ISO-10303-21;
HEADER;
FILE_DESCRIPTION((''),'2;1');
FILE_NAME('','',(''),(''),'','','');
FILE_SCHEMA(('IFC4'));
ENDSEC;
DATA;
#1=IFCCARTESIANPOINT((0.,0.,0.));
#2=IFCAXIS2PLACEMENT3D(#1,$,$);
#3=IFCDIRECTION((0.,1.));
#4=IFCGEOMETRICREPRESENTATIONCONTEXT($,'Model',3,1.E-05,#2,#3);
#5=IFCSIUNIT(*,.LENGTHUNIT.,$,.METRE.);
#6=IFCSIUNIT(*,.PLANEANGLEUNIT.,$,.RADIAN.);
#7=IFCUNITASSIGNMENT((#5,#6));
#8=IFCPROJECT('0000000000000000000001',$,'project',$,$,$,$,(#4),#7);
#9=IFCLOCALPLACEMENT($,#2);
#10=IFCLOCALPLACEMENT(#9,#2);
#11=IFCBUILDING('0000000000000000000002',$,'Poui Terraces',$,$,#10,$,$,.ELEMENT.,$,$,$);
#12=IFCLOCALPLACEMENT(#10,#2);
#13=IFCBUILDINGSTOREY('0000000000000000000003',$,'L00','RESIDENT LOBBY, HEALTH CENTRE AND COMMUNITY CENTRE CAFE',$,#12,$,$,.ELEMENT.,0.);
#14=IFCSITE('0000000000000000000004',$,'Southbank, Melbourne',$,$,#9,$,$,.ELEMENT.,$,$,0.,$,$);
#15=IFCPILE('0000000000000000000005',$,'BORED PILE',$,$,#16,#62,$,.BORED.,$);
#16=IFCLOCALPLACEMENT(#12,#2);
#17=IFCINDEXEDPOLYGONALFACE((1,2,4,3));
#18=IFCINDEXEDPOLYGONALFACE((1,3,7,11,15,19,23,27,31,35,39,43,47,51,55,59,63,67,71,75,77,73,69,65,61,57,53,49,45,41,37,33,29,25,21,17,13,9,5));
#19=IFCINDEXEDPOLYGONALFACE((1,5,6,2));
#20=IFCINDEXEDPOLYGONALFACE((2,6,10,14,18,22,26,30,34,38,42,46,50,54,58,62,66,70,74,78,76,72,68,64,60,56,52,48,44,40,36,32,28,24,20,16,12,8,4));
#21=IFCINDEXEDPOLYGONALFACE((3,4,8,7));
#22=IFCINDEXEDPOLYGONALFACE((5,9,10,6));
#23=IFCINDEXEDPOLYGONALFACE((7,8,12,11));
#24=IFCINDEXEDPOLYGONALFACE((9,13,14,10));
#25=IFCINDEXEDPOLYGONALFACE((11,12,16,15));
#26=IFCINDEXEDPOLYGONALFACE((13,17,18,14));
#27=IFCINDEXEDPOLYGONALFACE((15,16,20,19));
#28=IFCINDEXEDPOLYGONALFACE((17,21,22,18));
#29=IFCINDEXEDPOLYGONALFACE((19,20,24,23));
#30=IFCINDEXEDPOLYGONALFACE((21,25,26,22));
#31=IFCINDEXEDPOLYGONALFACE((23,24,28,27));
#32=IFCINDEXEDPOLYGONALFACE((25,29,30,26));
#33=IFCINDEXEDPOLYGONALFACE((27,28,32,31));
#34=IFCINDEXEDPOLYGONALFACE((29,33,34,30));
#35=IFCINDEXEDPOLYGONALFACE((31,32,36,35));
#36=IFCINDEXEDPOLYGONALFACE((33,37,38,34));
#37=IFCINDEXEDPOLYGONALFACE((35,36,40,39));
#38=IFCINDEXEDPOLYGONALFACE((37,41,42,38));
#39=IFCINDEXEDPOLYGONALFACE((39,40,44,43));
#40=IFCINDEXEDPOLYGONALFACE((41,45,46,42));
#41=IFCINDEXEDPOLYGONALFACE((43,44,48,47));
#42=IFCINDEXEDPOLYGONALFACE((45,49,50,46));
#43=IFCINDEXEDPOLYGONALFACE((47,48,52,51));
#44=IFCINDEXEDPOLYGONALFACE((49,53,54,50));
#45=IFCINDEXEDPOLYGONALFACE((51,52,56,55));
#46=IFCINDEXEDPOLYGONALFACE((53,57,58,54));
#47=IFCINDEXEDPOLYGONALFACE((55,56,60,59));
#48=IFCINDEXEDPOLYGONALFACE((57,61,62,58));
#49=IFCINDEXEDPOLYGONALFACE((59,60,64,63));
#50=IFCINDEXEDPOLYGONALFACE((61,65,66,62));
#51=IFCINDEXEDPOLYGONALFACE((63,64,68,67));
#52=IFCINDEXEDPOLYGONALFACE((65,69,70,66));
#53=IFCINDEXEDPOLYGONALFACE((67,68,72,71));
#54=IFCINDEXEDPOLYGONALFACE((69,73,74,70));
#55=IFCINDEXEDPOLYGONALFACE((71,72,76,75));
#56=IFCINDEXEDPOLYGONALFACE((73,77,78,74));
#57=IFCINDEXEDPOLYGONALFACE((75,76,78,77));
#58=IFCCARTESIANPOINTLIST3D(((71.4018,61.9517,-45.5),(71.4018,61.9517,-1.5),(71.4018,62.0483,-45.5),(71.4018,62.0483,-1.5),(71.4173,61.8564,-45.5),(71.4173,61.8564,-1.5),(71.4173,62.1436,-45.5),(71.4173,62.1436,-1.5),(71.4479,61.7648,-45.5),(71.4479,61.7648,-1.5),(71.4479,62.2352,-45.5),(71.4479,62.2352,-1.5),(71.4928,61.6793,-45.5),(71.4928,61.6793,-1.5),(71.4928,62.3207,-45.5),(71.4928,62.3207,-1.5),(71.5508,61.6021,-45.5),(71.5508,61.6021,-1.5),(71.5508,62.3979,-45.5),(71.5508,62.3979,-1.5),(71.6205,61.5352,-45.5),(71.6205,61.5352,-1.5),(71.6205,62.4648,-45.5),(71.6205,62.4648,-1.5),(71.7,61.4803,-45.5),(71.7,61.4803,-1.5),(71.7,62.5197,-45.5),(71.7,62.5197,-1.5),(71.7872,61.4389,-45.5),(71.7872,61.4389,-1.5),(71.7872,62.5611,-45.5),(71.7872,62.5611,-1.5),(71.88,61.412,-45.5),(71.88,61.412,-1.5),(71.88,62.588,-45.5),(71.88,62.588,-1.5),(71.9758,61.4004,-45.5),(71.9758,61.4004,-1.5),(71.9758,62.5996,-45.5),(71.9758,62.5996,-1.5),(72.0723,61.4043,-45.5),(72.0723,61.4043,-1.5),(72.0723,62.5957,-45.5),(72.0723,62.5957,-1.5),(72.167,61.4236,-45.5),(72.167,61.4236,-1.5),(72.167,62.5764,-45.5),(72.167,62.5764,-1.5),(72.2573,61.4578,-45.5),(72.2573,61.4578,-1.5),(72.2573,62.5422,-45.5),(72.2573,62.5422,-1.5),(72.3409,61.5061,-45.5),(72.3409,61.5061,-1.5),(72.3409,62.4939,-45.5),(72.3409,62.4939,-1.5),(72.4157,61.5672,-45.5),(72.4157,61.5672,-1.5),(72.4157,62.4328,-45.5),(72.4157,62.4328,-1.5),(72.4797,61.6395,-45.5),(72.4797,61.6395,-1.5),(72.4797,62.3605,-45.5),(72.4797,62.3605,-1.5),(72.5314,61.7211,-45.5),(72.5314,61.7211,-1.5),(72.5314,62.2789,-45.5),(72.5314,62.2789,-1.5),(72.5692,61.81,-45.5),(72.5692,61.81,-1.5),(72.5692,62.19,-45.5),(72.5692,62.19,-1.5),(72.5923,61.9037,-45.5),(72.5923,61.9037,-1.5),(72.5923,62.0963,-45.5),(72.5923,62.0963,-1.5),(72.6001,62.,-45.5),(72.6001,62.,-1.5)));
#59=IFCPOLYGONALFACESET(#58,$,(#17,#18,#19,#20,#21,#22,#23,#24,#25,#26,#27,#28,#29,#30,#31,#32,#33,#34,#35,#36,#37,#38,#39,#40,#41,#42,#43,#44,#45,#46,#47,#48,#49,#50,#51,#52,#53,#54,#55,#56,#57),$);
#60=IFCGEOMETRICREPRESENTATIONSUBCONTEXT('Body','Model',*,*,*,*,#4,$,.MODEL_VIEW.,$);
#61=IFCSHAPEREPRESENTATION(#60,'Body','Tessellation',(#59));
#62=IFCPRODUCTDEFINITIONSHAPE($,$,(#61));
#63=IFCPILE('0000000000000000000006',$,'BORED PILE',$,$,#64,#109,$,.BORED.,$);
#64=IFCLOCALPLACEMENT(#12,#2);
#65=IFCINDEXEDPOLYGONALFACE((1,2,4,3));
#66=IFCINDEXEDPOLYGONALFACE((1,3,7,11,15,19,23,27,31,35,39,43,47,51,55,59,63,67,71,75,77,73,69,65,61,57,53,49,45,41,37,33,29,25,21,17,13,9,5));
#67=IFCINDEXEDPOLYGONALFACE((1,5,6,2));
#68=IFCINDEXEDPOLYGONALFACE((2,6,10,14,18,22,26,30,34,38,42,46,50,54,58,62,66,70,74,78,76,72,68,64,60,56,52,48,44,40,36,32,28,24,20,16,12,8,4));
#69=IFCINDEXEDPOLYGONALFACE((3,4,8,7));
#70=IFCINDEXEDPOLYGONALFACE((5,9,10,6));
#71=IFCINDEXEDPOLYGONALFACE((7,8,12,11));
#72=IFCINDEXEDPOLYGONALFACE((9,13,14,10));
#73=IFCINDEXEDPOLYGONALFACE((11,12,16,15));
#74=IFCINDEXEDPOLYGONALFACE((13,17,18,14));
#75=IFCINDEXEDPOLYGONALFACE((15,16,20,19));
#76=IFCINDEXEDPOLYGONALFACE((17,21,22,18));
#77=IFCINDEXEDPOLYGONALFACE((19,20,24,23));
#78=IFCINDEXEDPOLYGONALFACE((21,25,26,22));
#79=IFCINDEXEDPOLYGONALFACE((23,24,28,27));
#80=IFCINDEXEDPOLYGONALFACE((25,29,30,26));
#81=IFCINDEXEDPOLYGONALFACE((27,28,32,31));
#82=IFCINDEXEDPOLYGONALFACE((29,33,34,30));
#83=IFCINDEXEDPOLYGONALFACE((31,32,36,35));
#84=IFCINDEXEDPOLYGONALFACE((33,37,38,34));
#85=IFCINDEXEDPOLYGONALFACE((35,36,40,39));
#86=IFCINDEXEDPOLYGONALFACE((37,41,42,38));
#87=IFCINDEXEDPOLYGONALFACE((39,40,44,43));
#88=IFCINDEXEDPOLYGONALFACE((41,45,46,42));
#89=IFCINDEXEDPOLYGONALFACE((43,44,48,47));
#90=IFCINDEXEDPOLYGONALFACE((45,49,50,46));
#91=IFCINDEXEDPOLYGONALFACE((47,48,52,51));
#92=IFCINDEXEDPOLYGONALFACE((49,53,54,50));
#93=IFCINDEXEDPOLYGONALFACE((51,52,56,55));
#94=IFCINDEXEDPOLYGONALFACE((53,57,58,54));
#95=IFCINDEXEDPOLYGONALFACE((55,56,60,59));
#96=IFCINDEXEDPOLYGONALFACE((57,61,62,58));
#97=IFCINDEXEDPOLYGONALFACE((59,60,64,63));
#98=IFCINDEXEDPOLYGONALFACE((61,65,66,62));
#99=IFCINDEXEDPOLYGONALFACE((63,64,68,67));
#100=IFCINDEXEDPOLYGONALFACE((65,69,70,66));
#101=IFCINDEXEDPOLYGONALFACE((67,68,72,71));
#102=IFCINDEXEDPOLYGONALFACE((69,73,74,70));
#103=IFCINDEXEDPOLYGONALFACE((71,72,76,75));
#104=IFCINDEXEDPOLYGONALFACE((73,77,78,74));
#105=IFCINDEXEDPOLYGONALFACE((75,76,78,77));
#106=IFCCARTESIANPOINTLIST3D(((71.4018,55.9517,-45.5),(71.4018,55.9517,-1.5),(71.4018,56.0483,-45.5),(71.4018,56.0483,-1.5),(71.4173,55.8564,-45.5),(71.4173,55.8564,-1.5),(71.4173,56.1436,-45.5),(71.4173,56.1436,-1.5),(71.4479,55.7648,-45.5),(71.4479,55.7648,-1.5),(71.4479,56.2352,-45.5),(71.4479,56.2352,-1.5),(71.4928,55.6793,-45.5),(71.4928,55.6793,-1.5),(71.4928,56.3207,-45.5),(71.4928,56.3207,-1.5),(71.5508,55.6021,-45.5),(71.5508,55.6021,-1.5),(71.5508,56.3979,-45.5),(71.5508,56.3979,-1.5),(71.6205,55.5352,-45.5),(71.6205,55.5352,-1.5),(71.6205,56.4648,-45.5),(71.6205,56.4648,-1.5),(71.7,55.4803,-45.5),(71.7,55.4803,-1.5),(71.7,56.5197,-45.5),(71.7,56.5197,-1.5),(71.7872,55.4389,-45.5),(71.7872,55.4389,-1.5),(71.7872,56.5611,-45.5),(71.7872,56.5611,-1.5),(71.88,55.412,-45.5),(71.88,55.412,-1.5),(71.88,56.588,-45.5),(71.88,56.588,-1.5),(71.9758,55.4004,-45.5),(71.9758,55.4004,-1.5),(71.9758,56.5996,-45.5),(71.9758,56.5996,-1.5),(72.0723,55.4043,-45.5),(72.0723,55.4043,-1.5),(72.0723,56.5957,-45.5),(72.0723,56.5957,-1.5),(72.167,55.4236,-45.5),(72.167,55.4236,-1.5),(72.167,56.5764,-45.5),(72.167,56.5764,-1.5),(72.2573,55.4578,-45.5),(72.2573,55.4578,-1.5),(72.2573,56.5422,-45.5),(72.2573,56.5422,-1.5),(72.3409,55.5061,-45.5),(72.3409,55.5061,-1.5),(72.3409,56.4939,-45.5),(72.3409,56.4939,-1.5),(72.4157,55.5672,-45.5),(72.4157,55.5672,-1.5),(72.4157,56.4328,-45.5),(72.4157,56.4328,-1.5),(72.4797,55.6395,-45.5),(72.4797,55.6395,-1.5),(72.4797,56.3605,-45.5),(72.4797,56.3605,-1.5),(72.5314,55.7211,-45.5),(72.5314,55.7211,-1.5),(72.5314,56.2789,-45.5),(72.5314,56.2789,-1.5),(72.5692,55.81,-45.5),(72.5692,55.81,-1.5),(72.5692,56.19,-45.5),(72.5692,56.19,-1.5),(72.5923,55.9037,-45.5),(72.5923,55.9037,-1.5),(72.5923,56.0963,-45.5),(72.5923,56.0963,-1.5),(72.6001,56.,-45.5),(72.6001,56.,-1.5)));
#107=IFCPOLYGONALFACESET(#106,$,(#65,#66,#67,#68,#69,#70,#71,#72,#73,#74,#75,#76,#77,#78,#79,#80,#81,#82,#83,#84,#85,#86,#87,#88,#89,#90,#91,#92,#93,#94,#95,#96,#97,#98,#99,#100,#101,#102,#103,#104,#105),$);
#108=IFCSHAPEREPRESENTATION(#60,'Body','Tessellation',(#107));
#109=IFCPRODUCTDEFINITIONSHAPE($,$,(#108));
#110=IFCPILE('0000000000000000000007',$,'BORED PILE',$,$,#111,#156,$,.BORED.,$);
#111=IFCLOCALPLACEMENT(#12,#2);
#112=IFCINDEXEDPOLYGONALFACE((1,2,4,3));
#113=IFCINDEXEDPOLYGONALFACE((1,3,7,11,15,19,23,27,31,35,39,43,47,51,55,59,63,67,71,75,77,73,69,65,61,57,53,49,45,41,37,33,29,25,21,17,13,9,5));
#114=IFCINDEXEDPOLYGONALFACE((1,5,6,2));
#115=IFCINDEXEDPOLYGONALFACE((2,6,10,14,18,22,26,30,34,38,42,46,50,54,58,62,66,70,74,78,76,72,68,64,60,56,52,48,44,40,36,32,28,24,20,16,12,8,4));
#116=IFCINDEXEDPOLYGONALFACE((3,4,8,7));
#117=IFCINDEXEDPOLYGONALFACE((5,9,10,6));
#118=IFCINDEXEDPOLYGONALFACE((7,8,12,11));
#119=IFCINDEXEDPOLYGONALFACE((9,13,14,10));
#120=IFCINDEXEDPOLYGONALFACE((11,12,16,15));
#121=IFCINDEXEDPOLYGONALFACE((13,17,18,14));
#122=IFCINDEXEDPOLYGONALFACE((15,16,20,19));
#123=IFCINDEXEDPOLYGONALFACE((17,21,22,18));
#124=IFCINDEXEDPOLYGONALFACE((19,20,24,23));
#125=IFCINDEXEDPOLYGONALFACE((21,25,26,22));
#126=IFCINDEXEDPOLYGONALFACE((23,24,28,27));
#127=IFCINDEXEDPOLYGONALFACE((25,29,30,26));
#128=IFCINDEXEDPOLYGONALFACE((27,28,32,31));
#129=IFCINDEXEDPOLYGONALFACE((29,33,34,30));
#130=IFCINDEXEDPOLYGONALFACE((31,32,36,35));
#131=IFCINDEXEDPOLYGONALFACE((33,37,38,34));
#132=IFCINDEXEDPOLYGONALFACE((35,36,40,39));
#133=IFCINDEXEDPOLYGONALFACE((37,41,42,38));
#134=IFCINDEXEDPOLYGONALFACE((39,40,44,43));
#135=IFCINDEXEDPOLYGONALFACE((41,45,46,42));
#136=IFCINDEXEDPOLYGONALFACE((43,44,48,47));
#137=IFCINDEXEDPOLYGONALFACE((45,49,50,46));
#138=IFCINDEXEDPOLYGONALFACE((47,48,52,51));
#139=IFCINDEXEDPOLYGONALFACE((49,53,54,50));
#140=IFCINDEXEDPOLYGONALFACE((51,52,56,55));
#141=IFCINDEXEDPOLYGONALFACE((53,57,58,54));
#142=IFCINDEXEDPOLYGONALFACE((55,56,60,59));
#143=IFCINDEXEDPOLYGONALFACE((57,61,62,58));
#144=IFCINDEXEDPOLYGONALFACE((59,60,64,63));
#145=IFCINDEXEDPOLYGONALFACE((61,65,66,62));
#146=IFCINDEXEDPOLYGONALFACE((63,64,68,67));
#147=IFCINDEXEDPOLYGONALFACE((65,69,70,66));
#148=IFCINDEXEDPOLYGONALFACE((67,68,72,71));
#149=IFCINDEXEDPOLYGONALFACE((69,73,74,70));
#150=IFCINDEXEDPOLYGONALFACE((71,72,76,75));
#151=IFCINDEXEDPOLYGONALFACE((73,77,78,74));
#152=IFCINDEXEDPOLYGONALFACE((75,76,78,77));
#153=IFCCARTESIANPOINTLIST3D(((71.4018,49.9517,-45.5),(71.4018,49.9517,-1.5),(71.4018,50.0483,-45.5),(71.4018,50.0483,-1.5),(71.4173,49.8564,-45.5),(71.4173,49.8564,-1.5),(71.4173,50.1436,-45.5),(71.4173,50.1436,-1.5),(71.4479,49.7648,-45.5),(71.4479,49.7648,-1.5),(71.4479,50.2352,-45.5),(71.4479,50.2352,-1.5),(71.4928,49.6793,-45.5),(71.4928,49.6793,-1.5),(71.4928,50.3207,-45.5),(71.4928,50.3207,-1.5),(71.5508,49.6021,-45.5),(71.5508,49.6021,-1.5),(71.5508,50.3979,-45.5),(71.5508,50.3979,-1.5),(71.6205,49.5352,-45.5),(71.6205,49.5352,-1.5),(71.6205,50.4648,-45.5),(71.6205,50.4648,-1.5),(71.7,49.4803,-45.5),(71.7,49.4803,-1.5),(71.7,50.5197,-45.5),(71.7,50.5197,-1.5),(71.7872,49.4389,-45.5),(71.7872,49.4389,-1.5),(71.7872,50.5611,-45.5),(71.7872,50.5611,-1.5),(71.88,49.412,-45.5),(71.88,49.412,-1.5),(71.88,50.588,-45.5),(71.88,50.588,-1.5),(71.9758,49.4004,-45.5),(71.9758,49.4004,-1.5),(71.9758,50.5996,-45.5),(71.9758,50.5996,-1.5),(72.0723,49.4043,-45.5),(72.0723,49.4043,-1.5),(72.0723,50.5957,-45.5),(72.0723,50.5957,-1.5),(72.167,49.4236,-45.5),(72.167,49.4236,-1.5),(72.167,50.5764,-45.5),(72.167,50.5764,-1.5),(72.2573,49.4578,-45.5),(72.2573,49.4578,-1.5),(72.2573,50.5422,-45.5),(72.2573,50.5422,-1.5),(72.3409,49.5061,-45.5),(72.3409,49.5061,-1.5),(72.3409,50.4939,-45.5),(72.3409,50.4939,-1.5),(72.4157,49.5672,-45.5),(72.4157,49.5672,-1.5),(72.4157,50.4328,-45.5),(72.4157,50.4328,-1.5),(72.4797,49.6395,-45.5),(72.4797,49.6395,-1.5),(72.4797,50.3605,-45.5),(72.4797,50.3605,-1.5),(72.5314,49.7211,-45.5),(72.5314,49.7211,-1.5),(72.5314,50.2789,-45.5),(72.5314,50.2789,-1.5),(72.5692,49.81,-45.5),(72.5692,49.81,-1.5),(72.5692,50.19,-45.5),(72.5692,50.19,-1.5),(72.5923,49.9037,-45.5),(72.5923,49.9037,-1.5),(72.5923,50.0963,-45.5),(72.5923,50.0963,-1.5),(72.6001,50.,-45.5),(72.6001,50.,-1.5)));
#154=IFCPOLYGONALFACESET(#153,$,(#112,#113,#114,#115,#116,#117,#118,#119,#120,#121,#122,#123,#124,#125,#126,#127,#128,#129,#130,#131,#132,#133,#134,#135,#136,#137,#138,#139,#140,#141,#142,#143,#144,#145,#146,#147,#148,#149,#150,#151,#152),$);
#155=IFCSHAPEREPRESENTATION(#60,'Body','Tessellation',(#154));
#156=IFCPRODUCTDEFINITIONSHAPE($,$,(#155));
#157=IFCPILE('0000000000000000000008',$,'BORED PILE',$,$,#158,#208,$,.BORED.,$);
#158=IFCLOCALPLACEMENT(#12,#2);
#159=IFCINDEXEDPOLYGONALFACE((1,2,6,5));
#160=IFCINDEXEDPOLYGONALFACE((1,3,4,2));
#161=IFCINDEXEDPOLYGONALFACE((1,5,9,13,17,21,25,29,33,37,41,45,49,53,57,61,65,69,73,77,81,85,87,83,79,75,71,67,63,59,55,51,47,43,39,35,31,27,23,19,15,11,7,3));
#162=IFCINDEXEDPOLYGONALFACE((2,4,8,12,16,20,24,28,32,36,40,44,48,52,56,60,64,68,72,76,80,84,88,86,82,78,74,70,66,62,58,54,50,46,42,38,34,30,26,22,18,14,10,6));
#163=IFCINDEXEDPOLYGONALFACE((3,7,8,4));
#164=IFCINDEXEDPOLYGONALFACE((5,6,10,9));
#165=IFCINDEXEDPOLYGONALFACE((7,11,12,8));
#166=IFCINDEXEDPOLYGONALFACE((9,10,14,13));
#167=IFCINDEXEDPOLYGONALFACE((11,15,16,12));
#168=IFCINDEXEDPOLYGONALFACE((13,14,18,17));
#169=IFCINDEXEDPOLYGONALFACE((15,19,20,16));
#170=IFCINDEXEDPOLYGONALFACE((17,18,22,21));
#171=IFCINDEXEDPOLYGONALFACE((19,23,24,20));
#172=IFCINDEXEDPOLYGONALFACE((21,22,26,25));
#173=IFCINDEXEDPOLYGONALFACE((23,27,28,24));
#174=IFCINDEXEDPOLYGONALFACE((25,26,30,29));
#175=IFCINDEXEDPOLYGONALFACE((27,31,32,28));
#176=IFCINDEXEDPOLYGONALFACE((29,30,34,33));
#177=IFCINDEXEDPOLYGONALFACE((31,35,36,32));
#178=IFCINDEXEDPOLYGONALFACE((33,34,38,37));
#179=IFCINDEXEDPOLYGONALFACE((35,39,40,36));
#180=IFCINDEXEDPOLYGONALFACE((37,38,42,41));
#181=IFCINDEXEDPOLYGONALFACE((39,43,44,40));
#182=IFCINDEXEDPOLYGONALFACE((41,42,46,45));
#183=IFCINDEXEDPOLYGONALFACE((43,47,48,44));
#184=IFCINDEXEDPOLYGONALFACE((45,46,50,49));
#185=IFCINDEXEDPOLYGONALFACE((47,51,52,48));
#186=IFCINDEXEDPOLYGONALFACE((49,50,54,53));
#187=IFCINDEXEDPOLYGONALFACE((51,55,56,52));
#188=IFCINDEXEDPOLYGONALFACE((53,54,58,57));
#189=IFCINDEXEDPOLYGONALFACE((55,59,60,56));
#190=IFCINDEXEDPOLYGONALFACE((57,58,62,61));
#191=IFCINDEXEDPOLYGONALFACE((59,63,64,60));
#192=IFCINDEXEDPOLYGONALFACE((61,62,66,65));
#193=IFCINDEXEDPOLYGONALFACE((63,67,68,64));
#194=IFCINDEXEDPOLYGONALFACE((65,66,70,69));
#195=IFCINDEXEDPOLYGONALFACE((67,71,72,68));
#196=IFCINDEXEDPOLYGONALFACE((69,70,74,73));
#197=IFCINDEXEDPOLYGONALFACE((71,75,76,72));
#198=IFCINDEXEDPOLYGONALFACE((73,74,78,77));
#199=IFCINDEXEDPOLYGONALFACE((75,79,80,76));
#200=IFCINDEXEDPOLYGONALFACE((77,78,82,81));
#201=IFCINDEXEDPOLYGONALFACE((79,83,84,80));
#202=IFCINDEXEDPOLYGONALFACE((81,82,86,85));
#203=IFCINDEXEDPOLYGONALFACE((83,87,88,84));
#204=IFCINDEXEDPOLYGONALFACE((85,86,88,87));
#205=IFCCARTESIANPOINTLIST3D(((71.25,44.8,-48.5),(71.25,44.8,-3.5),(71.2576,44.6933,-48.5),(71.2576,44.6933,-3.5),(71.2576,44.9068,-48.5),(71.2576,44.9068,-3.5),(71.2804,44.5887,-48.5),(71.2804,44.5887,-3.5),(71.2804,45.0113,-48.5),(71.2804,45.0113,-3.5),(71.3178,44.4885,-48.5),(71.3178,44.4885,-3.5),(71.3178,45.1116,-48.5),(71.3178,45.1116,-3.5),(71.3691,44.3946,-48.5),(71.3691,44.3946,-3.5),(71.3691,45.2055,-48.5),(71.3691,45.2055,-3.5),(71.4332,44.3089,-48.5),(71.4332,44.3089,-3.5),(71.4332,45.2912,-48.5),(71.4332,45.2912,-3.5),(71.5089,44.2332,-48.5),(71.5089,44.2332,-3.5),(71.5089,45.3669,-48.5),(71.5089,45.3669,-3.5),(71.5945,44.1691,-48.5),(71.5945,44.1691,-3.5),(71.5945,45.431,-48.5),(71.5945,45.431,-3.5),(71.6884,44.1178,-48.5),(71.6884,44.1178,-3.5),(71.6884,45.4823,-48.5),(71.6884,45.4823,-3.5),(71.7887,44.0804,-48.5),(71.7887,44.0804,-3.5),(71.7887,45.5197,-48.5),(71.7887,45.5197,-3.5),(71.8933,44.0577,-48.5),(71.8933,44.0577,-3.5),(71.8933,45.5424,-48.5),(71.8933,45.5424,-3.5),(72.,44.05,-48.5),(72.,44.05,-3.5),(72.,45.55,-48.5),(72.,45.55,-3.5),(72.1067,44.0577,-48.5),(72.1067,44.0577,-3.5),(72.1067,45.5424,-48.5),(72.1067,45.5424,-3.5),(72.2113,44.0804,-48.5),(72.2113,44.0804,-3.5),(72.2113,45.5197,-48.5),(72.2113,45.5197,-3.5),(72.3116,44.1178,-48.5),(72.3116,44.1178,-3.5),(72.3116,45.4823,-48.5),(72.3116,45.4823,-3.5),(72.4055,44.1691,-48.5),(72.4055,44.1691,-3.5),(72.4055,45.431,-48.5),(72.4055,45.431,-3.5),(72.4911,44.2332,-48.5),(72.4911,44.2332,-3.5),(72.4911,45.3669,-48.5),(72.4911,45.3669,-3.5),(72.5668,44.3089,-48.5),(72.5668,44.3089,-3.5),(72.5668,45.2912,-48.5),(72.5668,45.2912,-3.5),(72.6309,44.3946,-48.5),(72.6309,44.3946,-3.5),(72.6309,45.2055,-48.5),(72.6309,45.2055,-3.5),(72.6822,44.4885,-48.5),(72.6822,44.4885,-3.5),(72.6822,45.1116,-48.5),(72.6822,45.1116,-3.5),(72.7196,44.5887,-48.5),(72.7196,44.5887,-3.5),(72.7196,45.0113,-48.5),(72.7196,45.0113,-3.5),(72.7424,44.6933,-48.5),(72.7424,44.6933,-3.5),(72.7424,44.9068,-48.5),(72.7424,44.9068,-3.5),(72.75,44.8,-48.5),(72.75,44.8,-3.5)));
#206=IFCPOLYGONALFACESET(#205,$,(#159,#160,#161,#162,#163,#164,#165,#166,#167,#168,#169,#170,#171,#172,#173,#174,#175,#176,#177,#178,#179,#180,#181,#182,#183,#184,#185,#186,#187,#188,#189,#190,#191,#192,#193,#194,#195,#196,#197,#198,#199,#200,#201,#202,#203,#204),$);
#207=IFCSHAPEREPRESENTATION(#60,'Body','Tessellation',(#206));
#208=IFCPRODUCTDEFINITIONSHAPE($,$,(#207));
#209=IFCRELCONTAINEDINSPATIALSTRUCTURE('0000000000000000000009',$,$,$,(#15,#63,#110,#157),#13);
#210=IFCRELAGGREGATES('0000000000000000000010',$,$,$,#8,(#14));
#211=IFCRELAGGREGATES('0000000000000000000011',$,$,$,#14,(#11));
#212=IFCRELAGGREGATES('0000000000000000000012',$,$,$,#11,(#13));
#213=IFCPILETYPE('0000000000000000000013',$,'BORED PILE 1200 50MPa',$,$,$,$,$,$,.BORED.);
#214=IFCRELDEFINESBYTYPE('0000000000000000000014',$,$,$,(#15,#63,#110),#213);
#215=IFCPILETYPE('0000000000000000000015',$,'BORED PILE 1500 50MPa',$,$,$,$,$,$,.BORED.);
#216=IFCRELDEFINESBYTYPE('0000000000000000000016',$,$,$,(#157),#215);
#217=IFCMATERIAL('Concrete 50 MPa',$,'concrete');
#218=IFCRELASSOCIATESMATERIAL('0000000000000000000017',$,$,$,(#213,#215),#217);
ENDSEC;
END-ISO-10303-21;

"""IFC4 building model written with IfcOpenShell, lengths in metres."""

from ifc_helpers import new_model, si_unit, direction, frame, origin, origin_2d, place, context, subcontext, project, spatial, circle, extrude, material, material_profile, profile_set, type_object, element, save


model = new_model("IFC4")

# Units and contexts
model_context = context("Model", 3, precision=1e-05, world=origin(), true_north=direction((0.0, 1.0)))
body_context = subcontext(model_context, "Body", "Model", "MODEL_VIEW")
ifc_project = project(units=[si_unit("LENGTHUNIT", "METRE"), si_unit("PLANEANGLEUNIT", "RADIAN")], contexts=[model_context])

# Site, building, storey
site_placement = place(None, origin())
site = spatial("IfcSite", under=ifc_project, at=site_placement, Name="Southbank, Melbourne", CompositionType="ELEMENT", RefElevation=0.0)
building_placement = place(site_placement, origin())
building = spatial("IfcBuilding", under=site, at=building_placement, Name="Poui Terraces", CompositionType="ELEMENT")
storey_placement = place(building_placement, origin())
storey = spatial("IfcBuildingStorey", under=building, at=storey_placement, Name="L00", Description="RESIDENT LOBBY, HEALTH CENTRE AND COMMUNITY CENTRE CAFE", CompositionType="ELEMENT", Elevation=0.0)

# Piles
ifc_material_1 = material(Name="Concrete 50 MPa", Category="concrete")
ifc_material_profile_1 = material_profile(ifc_material_1, circle(Radius=0.6001, at=origin_2d()), Name="RC D1200")
ifc_profile_set_1 = profile_set([ifc_material_profile_1], Name="Concrete 50 MPa")
pile_type_1 = type_object("IfcPileType", Name="BORED PILE 1200 50MPa", PredefinedType="BORED", material=ifc_profile_set_1)
for number, where, z_axis, x_axis, name in (
    (1, (72.0, 62.0, -1.5), (0.0, 0.0, -1.0), (1.0, 0.0, 0.0), "BORED PILE"),
    (2, (72.0, 56.0, -1.5), (0.0, 0.0, -1.0), (1.0, 0.0, 0.0), "BORED PILE"),
    (3, (72.0, 50.0, -1.5), (0.0, 0.0, -1.0), (1.0, 0.0, 0.0), "BORED PILE"),
):
    element("IfcPile", number, at=place(storey_placement, frame(where, z_axis=z_axis, x_axis=x_axis)), inside=storey, type_object=pile_type_1, Name=name, PredefinedType="BORED", context=body_context, shape_type="SweptSolid", body=[
        extrude(circle(Radius=0.6001, at=origin_2d()), origin(), (0.0, 0.0, 1.0), 44.0),
    ])
ifc_material_profile_2 = material_profile(ifc_material_1, circle(Radius=0.75, at=origin_2d()), Name="RC D1500")
ifc_profile_set_2 = profile_set([ifc_material_profile_2], Name="Concrete 50 MPa")
pile_type_2 = type_object("IfcPileType", Name="BORED PILE 1500 50MPa", PredefinedType="BORED", material=ifc_profile_set_2)
pile_placement = place(storey_placement, frame((72.0, 44.8, -3.5), z_axis=(0.0, 0.0, -1.0), x_axis=(1.0, 0.0, 0.0)))
element("IfcPile", 4, at=pile_placement, inside=storey, type_object=pile_type_2, Name="BORED PILE", PredefinedType="BORED", context=body_context, shape_type="SweptSolid", body=[
    extrude(circle(Radius=0.75, at=origin_2d()), origin(), (0.0, 0.0, 1.0), 45.0),
])

save(model, "model.ifc")
